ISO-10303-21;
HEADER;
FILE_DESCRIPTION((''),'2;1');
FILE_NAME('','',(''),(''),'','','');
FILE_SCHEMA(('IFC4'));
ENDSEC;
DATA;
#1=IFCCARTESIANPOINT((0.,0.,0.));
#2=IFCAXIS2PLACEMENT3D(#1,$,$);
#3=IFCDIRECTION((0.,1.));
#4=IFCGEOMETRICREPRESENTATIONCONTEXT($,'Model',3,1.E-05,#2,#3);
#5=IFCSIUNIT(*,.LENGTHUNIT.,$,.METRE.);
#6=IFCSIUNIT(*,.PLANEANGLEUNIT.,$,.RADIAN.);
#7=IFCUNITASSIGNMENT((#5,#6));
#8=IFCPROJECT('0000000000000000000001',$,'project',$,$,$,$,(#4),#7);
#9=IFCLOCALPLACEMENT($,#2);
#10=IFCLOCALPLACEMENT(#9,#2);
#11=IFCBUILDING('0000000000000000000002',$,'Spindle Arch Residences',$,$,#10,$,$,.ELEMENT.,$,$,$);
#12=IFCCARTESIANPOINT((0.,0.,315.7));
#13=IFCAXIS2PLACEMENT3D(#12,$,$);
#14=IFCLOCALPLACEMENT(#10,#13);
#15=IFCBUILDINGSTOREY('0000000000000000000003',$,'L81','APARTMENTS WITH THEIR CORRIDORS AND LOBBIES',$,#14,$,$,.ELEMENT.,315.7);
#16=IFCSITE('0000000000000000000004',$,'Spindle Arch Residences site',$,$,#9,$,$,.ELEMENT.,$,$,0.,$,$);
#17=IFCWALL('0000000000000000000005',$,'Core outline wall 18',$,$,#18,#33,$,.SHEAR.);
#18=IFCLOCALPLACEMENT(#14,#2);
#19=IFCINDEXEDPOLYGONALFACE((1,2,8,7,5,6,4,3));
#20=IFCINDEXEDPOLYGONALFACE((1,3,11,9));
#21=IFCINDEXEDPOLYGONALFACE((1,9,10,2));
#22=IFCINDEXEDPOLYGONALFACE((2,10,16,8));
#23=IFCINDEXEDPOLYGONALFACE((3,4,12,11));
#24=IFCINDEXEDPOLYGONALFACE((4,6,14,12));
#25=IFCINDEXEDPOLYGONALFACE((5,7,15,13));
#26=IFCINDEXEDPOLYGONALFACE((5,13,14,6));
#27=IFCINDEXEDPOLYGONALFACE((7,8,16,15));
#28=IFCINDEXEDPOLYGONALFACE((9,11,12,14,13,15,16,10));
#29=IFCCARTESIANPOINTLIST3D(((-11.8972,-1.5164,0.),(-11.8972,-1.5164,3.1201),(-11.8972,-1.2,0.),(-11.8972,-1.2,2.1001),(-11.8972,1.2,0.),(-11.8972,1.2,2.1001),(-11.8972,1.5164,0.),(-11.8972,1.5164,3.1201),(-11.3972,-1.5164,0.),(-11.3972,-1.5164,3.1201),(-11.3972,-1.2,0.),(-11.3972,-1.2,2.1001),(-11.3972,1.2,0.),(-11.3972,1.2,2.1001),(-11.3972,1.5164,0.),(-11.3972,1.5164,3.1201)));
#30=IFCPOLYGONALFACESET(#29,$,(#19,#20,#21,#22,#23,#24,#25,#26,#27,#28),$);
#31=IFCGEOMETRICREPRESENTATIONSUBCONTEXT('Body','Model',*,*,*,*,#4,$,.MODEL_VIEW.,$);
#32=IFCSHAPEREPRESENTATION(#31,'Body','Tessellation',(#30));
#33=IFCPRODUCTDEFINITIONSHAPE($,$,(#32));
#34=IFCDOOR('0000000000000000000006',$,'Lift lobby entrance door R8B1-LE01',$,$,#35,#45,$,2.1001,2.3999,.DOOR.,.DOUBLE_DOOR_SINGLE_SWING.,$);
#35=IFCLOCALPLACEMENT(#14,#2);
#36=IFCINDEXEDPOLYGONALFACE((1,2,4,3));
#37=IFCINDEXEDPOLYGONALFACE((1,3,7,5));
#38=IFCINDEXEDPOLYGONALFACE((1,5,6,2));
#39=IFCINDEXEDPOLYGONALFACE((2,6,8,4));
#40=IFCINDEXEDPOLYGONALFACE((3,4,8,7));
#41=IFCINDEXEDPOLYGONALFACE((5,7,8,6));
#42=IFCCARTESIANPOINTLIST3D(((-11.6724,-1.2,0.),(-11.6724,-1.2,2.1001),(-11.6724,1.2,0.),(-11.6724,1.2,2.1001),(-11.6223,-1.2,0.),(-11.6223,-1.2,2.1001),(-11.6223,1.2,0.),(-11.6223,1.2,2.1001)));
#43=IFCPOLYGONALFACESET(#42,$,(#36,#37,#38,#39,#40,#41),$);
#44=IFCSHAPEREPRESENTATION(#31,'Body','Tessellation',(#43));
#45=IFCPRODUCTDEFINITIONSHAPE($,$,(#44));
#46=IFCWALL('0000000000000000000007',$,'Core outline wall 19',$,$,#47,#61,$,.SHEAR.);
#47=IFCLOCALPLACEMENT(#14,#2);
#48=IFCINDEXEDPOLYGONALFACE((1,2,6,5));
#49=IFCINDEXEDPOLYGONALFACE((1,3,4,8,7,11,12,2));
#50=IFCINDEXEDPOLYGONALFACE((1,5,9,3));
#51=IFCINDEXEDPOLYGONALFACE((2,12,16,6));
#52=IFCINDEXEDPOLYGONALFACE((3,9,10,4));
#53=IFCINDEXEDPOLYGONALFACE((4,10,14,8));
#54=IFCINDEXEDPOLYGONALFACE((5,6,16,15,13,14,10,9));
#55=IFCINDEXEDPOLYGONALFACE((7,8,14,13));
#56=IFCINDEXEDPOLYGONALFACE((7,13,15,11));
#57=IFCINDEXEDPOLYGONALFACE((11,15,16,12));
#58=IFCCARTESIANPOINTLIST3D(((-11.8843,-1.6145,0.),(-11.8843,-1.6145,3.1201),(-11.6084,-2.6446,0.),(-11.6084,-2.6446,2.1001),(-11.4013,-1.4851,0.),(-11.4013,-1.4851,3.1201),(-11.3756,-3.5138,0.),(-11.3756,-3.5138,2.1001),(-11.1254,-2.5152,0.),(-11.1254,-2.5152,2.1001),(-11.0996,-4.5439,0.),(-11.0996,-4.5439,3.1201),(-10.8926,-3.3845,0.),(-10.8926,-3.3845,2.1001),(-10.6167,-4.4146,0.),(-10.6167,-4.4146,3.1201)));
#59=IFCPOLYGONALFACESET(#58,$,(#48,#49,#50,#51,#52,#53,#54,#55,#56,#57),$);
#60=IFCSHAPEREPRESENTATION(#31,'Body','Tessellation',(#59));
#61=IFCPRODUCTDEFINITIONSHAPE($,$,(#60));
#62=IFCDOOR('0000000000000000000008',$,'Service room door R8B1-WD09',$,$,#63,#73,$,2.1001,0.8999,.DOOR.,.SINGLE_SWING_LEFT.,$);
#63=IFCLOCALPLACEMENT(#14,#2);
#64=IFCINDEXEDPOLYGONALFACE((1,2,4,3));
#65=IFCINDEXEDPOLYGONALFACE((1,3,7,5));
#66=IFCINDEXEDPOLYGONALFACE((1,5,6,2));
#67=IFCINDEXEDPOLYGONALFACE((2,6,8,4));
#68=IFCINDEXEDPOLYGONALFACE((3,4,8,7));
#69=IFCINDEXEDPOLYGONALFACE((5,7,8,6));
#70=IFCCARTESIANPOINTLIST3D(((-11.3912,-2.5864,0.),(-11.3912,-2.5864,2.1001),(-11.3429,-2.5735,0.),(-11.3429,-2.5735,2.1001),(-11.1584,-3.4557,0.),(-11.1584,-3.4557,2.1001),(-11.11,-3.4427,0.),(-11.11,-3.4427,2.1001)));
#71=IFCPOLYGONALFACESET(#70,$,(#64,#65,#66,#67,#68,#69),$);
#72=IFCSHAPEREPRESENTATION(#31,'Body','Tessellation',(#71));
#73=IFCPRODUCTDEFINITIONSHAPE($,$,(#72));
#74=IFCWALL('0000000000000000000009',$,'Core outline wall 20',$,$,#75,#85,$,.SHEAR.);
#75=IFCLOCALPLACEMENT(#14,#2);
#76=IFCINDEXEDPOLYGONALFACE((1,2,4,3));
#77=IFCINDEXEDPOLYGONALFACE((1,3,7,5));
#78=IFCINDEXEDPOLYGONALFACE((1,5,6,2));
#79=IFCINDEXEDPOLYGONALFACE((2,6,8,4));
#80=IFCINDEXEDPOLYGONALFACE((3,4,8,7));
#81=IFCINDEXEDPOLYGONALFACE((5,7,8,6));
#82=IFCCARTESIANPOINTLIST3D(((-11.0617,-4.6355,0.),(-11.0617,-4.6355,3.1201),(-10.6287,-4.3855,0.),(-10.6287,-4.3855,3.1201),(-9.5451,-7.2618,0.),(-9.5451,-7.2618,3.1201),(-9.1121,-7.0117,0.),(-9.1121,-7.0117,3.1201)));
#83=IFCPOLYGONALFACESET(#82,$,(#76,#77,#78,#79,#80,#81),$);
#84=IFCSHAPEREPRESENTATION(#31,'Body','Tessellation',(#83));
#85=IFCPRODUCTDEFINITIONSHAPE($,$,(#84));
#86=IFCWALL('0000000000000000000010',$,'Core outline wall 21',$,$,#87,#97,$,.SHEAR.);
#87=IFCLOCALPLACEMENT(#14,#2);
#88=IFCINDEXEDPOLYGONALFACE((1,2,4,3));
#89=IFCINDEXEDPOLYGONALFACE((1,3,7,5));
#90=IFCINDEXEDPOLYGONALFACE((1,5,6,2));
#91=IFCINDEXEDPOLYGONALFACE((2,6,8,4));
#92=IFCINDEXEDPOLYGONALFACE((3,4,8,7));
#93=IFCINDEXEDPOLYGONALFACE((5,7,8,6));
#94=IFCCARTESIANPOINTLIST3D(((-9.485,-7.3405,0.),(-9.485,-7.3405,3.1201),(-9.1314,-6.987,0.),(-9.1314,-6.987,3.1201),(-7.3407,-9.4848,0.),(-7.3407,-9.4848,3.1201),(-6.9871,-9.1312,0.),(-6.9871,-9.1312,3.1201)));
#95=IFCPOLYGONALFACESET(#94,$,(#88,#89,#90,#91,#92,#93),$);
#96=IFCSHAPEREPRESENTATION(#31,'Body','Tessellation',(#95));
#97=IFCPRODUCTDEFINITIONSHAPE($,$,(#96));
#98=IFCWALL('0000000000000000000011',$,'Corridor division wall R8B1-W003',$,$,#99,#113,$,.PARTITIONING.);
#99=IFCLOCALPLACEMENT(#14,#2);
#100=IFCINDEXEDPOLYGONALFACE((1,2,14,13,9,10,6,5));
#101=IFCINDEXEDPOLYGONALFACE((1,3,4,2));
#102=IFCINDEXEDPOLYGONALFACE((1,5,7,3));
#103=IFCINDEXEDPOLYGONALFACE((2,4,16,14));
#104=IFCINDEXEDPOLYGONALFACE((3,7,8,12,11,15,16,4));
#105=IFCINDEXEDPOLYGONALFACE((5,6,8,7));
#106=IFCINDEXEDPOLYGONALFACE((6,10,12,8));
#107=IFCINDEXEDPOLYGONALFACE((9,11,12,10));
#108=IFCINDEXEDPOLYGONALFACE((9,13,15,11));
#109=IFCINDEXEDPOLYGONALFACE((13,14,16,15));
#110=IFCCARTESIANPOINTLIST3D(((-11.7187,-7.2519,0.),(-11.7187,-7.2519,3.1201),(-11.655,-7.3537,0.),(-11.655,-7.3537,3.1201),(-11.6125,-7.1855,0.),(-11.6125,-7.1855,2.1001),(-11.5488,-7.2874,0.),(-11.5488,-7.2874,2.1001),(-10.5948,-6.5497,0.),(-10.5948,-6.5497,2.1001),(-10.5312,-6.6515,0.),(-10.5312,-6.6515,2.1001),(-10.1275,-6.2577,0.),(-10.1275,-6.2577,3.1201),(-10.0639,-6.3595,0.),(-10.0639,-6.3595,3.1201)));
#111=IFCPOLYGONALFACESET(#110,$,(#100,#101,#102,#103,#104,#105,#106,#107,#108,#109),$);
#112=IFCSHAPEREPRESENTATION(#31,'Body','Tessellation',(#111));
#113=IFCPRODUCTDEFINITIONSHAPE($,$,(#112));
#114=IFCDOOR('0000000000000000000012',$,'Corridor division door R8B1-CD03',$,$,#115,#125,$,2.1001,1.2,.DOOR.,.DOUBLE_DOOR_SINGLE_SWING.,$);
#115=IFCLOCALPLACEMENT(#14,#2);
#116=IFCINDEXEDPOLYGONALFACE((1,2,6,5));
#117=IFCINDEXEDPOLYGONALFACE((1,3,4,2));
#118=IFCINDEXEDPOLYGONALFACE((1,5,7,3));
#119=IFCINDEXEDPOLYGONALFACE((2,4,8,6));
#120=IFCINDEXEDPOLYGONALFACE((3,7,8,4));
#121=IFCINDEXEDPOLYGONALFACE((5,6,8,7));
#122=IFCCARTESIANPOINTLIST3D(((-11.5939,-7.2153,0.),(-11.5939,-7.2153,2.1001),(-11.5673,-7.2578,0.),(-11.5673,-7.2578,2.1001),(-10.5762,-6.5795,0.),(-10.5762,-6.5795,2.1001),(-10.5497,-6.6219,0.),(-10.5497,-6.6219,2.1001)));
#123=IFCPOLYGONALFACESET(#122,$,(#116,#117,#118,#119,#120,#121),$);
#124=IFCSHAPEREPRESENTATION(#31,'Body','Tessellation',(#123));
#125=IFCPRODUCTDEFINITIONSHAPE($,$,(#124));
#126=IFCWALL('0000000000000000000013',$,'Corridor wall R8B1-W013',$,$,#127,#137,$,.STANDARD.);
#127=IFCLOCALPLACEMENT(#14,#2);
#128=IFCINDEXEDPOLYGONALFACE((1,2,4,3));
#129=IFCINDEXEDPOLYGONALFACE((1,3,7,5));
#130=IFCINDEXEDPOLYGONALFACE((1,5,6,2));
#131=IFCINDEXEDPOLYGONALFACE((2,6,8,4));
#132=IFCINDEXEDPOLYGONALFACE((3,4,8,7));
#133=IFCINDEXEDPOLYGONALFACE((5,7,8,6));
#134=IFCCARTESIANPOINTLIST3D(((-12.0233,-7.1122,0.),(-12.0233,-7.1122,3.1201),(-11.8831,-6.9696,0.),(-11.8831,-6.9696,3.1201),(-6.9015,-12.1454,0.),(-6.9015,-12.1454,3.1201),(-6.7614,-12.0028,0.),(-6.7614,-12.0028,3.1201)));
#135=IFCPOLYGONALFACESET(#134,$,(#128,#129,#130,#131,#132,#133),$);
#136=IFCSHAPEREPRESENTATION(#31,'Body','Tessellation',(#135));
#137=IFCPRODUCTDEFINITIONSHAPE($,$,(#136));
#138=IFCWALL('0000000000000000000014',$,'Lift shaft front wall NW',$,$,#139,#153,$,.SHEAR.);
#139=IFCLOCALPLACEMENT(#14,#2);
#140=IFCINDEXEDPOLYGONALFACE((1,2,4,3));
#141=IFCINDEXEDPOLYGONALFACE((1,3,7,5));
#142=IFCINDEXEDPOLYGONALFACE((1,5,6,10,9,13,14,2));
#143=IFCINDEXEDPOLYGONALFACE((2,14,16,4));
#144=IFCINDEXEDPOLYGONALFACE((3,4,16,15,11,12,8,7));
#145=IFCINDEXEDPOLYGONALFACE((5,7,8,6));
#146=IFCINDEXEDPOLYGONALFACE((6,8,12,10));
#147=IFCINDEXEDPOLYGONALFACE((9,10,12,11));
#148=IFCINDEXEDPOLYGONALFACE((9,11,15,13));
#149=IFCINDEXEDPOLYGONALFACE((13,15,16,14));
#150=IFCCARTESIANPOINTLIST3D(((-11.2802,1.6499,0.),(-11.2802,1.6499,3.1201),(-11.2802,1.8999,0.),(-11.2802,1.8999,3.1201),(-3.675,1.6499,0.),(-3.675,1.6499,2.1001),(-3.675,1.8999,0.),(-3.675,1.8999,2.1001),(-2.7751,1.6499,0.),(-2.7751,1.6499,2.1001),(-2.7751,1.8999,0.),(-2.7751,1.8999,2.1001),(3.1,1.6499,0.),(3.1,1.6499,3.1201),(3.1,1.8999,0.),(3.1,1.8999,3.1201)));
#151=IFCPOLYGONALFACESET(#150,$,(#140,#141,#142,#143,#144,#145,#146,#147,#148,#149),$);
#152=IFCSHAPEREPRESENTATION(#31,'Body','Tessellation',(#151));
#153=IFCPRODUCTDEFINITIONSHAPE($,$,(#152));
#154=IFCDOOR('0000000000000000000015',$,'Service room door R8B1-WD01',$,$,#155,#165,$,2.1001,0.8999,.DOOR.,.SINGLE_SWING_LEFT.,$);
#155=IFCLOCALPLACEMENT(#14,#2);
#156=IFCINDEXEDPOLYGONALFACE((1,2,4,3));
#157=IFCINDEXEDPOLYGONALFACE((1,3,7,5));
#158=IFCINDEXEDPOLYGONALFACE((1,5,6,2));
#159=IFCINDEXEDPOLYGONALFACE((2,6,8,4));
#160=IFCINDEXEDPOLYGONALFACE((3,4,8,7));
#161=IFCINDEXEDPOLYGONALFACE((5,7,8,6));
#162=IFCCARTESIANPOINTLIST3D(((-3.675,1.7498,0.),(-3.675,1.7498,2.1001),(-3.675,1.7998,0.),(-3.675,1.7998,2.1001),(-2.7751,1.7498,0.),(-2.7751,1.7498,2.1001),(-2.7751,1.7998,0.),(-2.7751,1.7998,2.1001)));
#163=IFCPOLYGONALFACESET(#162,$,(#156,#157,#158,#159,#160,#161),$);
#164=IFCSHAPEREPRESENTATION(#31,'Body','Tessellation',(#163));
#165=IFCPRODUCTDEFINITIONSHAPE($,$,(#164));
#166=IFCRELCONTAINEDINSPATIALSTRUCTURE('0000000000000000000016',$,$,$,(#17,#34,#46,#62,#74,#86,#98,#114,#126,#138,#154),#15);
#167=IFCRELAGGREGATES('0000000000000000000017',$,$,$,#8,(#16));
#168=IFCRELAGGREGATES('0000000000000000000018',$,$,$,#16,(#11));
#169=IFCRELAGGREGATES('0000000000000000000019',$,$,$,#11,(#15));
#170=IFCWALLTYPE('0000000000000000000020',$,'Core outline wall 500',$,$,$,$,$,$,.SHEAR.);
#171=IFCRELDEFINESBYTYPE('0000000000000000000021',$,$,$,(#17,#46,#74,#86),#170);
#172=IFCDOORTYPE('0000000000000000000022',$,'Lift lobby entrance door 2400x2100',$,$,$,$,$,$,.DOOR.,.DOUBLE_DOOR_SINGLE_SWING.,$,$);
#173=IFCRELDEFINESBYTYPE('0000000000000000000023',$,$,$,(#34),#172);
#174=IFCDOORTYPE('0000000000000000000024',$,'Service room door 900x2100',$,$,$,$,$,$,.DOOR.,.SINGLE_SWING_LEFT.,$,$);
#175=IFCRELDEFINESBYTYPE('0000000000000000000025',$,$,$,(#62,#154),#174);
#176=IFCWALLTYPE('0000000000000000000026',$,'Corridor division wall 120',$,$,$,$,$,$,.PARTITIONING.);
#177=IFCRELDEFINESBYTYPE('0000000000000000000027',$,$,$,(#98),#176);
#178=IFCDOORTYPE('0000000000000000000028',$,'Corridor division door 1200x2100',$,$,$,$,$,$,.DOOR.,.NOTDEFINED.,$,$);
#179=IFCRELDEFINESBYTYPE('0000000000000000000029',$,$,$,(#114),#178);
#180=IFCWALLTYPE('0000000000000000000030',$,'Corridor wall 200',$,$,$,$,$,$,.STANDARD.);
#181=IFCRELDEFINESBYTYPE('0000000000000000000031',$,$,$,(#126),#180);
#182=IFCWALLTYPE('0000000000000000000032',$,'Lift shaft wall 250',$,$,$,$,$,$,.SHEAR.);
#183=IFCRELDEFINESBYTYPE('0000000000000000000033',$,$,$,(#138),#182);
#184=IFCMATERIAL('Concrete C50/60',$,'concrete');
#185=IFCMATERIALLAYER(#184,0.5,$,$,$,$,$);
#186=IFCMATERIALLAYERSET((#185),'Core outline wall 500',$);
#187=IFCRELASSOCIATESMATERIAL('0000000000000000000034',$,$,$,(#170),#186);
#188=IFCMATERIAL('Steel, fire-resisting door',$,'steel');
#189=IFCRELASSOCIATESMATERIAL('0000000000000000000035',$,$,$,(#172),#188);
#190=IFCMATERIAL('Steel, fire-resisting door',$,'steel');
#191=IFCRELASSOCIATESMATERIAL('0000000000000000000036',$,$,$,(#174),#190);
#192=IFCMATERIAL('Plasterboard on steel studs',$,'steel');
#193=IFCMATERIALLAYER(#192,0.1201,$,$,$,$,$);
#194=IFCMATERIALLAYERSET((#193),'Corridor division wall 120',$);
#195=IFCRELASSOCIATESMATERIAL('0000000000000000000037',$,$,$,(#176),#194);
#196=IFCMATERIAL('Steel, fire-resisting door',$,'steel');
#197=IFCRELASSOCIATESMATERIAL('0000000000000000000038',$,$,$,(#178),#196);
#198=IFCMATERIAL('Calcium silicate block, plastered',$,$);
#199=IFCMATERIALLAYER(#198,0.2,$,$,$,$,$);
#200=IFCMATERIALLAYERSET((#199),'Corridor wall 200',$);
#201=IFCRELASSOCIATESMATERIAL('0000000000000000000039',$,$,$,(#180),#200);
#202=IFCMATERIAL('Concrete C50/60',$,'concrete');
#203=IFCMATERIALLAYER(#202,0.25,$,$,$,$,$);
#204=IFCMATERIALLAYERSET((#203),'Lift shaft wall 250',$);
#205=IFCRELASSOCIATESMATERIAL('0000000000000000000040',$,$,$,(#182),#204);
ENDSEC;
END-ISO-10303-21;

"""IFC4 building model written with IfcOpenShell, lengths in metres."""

from ifc_helpers import new_model, si_unit, direction, frame, frame_2d, origin, place, context, subcontext, project, spatial, rectangle, extrude, material, layer, layer_set, type_object, element, fill, save


model = new_model("IFC4")

# Units and contexts
model_context = context("Model", 3, precision=1e-05, world=origin(), true_north=direction((0.0, 1.0)))
body_context = subcontext(model_context, "Body", "Model", "MODEL_VIEW")
ifc_project = project(units=[si_unit("LENGTHUNIT", "METRE"), si_unit("PLANEANGLEUNIT", "RADIAN")], contexts=[model_context])

# Site, building, storey
site_placement = place(None, origin())
site = spatial("IfcSite", under=ifc_project, at=site_placement, Name="Spindle Arch Residences site", CompositionType="ELEMENT", RefElevation=0.0)
building_placement = place(site_placement, origin())
building = spatial("IfcBuilding", under=site, at=building_placement, Name="Spindle Arch Residences", CompositionType="ELEMENT")
storey_placement = place(building_placement, frame((0.0, 0.0, 315.7)))
storey = spatial("IfcBuildingStorey", under=building, at=storey_placement, Name="L81", Description="APARTMENTS WITH THEIR CORRIDORS AND LOBBIES", CompositionType="ELEMENT", Elevation=315.7)

# Walls, openings, doors
ifc_material_1 = material(Name="Concrete C50/60", Category="concrete")
ifc_layer_1 = layer(ifc_material_1, 0.5)
ifc_layer_set_1 = layer_set([ifc_layer_1], Name="Core outline wall 500")
wall_type_1 = type_object("IfcWallType", Name="Core outline wall 500", PredefinedType="SHEAR", material=ifc_layer_set_1)
wall_1_placement = place(storey_placement, frame((-11.6472, 1.5164, 0.0), z_axis=(0.0, 0.0, 1.0), x_axis=(0.0, -1.0, 0.0)))
wall_1 = element("IfcWall", 1, at=wall_1_placement, inside=storey, type_object=wall_type_1, Name="Core outline wall 18", PredefinedType="SHEAR", context=body_context, shape_type="SweptSolid", body=[
    extrude(rectangle(XDim=3.0327, YDim=0.5, at=frame_2d((1.5164, 0.0))), origin(), (0.0, 0.0, 1.0), 3.1201),
])
opening_1_placement = place(wall_1_placement, frame((0.3164, 0.0, 0.0)))
opening_1 = element("IfcOpeningElement", 2, at=opening_1_placement, cuts=wall_1, PredefinedType="OPENING", context=body_context, shape_type="SweptSolid", body=[
    extrude(rectangle(XDim=2.3999, YDim=2.1001, at=frame_2d((1.2, 1.05))), frame((0.0, 0.26, 0.0), z_axis=(0.0, -1.0, 0.0), x_axis=(1.0, 0.0, 0.0)), (0.0, 0.0, 1.0), 0.52),
])
ifc_material_2 = material(Name="Steel, fire-resisting door", Category="steel")
door_type_1 = type_object("IfcDoorType", Name="Lift lobby entrance door 2400x2100", OperationType="DOUBLE_DOOR_SINGLE_SWING", PredefinedType="DOOR", material=ifc_material_2)
door_1_placement = place(opening_1_placement, origin())
door_1 = element("IfcDoor", 3, at=door_1_placement, inside=storey, type_object=door_type_1, Name="Lift lobby entrance door R8B1-LE01", OperationType="DOUBLE_DOOR_SINGLE_SWING", OverallHeight=2.1001, OverallWidth=2.3999, PredefinedType="DOOR", context=body_context, shape_type="SweptSolid", body=[
    extrude(rectangle(XDim=2.3999, YDim=2.1001, at=frame_2d((1.2, 1.05))), frame((0.0, 0.0249, 0.0), z_axis=(0.0, -1.0, 0.0), x_axis=(1.0, 0.0, 0.0)), (0.0, 0.0, 1.0), 0.05),
])
fill(opening_1, door_1)
wall_2_placement = place(storey_placement, frame((-11.6428, -1.5498, 0.0), z_axis=(0.0, 0.0, 1.0), x_axis=(0.258735, -0.965948, 0.0)))
wall_2 = element("IfcWall", 4, at=wall_2_placement, inside=storey, type_object=wall_type_1, Name="Core outline wall 19", PredefinedType="SHEAR", context=body_context, shape_type="SweptSolid", body=[
    extrude(rectangle(XDim=3.0327, YDim=0.5, at=frame_2d((1.5164, 0.0))), origin(), (0.0, 0.0, 1.0), 3.1201),
])
opening_2_placement = place(wall_2_placement, frame((1.0664, 0.0, 0.0)))
opening_2 = element("IfcOpeningElement", 5, at=opening_2_placement, cuts=wall_2, PredefinedType="OPENING", context=body_context, shape_type="SweptSolid", body=[
    extrude(rectangle(XDim=0.8999, YDim=2.1001, at=frame_2d((0.45, 1.05))), frame((0.0, 0.26, 0.0), z_axis=(0.0, -1.0, 0.0), x_axis=(1.0, 0.0, 0.0)), (0.0, 0.0, 1.0), 0.52),
])
ifc_material_3 = material(Name="Steel, fire-resisting door", Category="steel")
door_type_2 = type_object("IfcDoorType", Name="Service room door 900x2100", OperationType="SINGLE_SWING_LEFT", PredefinedType="DOOR", material=ifc_material_3)
door_2_placement = place(opening_2_placement, origin())
door_2 = element("IfcDoor", 6, at=door_2_placement, inside=storey, type_object=door_type_2, Name="Service room door R8B1-WD09", OperationType="SINGLE_SWING_LEFT", OverallHeight=2.1001, OverallWidth=0.8999, PredefinedType="DOOR", context=body_context, shape_type="SweptSolid", body=[
    extrude(rectangle(XDim=0.8999, YDim=2.1001, at=frame_2d((0.45, 1.05))), frame((0.0, 0.0249, 0.0), z_axis=(0.0, -1.0, 0.0), x_axis=(1.0, 0.0, 0.0)), (0.0, 0.0, 1.0), 0.05),
])
fill(opening_2, door_2)

# Walls
wall_3_placement = place(storey_placement, frame((-10.8452, -4.5105, 0.0), z_axis=(0.0, 0.0, 1.0), x_axis=(0.500087, -0.865975, 0.0)))
element("IfcWall", 7, at=wall_3_placement, inside=storey, type_object=wall_type_1, Name="Core outline wall 20", PredefinedType="SHEAR", context=body_context, shape_type="SweptSolid", body=[
    extrude(rectangle(XDim=3.0327, YDim=0.5, at=frame_2d((1.5164, 0.0))), origin(), (0.0, 0.0, 1.0), 3.1201),
])
wall_4_placement = place(storey_placement, frame((-9.3081, -7.1638, 0.0), z_axis=(0.0, 0.0, 1.0), x_axis=(0.707107, -0.707107, 0.0)))
element("IfcWall", 8, at=wall_4_placement, inside=storey, type_object=wall_type_1, Name="Core outline wall 21", PredefinedType="SHEAR", context=body_context, shape_type="SweptSolid", body=[
    extrude(rectangle(XDim=3.0325, YDim=0.5, at=frame_2d((1.5161, 0.0))), origin(), (0.0, 0.0, 1.0), 3.1201),
])

# Wall, opening, door
ifc_material_4 = material(Name="Plasterboard on steel studs", Category="steel")
ifc_layer_2 = layer(ifc_material_4, 0.1201)
ifc_layer_set_2 = layer_set([ifc_layer_2], Name="Corridor division wall 120")
wall_type_2 = type_object("IfcWallType", Name="Corridor division wall 120", PredefinedType="PARTITIONING", material=ifc_layer_set_2)
wall_5_placement = place(storey_placement, frame((-11.6868, -7.3027, 0.0), z_axis=(0.0, 0.0, 1.0), x_axis=(0.848064, 0.529894, 0.0)))
wall_5 = element("IfcWall", 9, at=wall_5_placement, inside=storey, type_object=wall_type_2, Name="Corridor division wall R8B1-W003", PredefinedType="PARTITIONING", context=body_context, shape_type="SweptSolid", body=[
    extrude(rectangle(XDim=1.8762, YDim=0.1201, at=frame_2d((0.938, 0.0))), origin(), (0.0, 0.0, 1.0), 3.1201),
])
opening_3_placement = place(wall_5_placement, frame((0.125, 0.0, 0.0)))
opening_3 = element("IfcOpeningElement", 10, at=opening_3_placement, cuts=wall_5, PredefinedType="OPENING", context=body_context, shape_type="SweptSolid", body=[
    extrude(rectangle(XDim=1.2, YDim=2.1001, at=frame_2d((0.6001, 1.05))), frame((0.0, 0.0701, 0.0), z_axis=(0.0, -1.0, 0.0), x_axis=(1.0, 0.0, 0.0)), (0.0, 0.0, 1.0), 0.1401),
])
ifc_material_5 = material(Name="Steel, fire-resisting door", Category="steel")
door_type_3 = type_object("IfcDoorType", Name="Corridor division door 1200x2100", OperationType="NOTDEFINED", PredefinedType="DOOR", material=ifc_material_5)
door_3_placement = place(opening_3_placement, origin())
door_3 = element("IfcDoor", 11, at=door_3_placement, inside=storey, type_object=door_type_3, Name="Corridor division door R8B1-CD03", OperationType="DOUBLE_DOOR_SINGLE_SWING", OverallHeight=2.1001, OverallWidth=1.2, PredefinedType="DOOR", context=body_context, shape_type="SweptSolid", body=[
    extrude(rectangle(XDim=1.2, YDim=2.1001, at=frame_2d((0.6001, 1.05))), frame((0.0, 0.0249, 0.0), z_axis=(0.0, -1.0, 0.0), x_axis=(1.0, 0.0, 0.0)), (0.0, 0.0, 1.0), 0.05),
])
fill(opening_3, door_3)

# Wall
ifc_material_6 = material(Name="Calcium silicate block, plastered")
ifc_layer_3 = layer(ifc_material_6, 0.2)
ifc_layer_set_3 = layer_set([ifc_layer_3], Name="Corridor wall 200")
wall_type_3 = type_object("IfcWallType", Name="Corridor wall 200", PredefinedType="STANDARD", material=ifc_layer_set_3)
wall_6_placement = place(storey_placement, frame((-11.9531, -7.041, 0.0), z_axis=(0.0, 0.0, 1.0), x_axis=(0.713251, -0.700909, 0.0)))
element("IfcWall", 12, at=wall_6_placement, inside=storey, type_object=wall_type_3, Name="Corridor wall R8B1-W013", PredefinedType="STANDARD", context=body_context, shape_type="SweptSolid", body=[
    extrude(rectangle(XDim=7.1809, YDim=0.2, at=frame_2d((3.5903, 0.0))), origin(), (0.0, 0.0, 1.0), 3.1201),
])

# Wall, opening, door
ifc_material_7 = material(Name="Concrete C50/60", Category="concrete")
ifc_layer_4 = layer(ifc_material_7, 0.25)
ifc_layer_set_4 = layer_set([ifc_layer_4], Name="Lift shaft wall 250")
wall_type_4 = type_object("IfcWallType", Name="Lift shaft wall 250", PredefinedType="SHEAR", material=ifc_layer_set_4)
wall_7_placement = place(storey_placement, frame((-11.28, 1.7749, 0.0), z_axis=(0.0, 0.0, 1.0), x_axis=(1.0, 0.0, 0.0)))
wall_7 = element("IfcWall", 13, at=wall_7_placement, inside=storey, type_object=wall_type_4, Name="Lift shaft front wall NW", PredefinedType="SHEAR", context=body_context, shape_type="SweptSolid", body=[
    extrude(rectangle(XDim=14.3801, YDim=0.25, at=frame_2d((7.1899, 0.0))), origin(), (0.0, 0.0, 1.0), 3.1201),
])
opening_4_placement = place(wall_7_placement, frame((7.605, 0.0, 0.0)))
opening_4 = element("IfcOpeningElement", 14, at=opening_4_placement, cuts=wall_7, PredefinedType="OPENING", context=body_context, shape_type="SweptSolid", body=[
    extrude(rectangle(XDim=0.8999, YDim=2.1001, at=frame_2d((0.45, 1.05))), frame((0.0, 0.135, 0.0), z_axis=(0.0, -1.0, 0.0), x_axis=(1.0, 0.0, 0.0)), (0.0, 0.0, 1.0), 0.27),
])
door_4_placement = place(opening_4_placement, origin())
door_4 = element("IfcDoor", 15, at=door_4_placement, inside=storey, type_object=door_type_2, Name="Service room door R8B1-WD01", OperationType="SINGLE_SWING_LEFT", OverallHeight=2.1001, OverallWidth=0.8999, PredefinedType="DOOR", context=body_context, shape_type="SweptSolid", body=[
    extrude(rectangle(XDim=0.8999, YDim=2.1001, at=frame_2d((0.45, 1.05))), frame((0.0, 0.0249, 0.0), z_axis=(0.0, -1.0, 0.0), x_axis=(1.0, 0.0, 0.0)), (0.0, 0.0, 1.0), 0.05),
])
fill(opening_4, door_4)

save(model, "model.ifc")
